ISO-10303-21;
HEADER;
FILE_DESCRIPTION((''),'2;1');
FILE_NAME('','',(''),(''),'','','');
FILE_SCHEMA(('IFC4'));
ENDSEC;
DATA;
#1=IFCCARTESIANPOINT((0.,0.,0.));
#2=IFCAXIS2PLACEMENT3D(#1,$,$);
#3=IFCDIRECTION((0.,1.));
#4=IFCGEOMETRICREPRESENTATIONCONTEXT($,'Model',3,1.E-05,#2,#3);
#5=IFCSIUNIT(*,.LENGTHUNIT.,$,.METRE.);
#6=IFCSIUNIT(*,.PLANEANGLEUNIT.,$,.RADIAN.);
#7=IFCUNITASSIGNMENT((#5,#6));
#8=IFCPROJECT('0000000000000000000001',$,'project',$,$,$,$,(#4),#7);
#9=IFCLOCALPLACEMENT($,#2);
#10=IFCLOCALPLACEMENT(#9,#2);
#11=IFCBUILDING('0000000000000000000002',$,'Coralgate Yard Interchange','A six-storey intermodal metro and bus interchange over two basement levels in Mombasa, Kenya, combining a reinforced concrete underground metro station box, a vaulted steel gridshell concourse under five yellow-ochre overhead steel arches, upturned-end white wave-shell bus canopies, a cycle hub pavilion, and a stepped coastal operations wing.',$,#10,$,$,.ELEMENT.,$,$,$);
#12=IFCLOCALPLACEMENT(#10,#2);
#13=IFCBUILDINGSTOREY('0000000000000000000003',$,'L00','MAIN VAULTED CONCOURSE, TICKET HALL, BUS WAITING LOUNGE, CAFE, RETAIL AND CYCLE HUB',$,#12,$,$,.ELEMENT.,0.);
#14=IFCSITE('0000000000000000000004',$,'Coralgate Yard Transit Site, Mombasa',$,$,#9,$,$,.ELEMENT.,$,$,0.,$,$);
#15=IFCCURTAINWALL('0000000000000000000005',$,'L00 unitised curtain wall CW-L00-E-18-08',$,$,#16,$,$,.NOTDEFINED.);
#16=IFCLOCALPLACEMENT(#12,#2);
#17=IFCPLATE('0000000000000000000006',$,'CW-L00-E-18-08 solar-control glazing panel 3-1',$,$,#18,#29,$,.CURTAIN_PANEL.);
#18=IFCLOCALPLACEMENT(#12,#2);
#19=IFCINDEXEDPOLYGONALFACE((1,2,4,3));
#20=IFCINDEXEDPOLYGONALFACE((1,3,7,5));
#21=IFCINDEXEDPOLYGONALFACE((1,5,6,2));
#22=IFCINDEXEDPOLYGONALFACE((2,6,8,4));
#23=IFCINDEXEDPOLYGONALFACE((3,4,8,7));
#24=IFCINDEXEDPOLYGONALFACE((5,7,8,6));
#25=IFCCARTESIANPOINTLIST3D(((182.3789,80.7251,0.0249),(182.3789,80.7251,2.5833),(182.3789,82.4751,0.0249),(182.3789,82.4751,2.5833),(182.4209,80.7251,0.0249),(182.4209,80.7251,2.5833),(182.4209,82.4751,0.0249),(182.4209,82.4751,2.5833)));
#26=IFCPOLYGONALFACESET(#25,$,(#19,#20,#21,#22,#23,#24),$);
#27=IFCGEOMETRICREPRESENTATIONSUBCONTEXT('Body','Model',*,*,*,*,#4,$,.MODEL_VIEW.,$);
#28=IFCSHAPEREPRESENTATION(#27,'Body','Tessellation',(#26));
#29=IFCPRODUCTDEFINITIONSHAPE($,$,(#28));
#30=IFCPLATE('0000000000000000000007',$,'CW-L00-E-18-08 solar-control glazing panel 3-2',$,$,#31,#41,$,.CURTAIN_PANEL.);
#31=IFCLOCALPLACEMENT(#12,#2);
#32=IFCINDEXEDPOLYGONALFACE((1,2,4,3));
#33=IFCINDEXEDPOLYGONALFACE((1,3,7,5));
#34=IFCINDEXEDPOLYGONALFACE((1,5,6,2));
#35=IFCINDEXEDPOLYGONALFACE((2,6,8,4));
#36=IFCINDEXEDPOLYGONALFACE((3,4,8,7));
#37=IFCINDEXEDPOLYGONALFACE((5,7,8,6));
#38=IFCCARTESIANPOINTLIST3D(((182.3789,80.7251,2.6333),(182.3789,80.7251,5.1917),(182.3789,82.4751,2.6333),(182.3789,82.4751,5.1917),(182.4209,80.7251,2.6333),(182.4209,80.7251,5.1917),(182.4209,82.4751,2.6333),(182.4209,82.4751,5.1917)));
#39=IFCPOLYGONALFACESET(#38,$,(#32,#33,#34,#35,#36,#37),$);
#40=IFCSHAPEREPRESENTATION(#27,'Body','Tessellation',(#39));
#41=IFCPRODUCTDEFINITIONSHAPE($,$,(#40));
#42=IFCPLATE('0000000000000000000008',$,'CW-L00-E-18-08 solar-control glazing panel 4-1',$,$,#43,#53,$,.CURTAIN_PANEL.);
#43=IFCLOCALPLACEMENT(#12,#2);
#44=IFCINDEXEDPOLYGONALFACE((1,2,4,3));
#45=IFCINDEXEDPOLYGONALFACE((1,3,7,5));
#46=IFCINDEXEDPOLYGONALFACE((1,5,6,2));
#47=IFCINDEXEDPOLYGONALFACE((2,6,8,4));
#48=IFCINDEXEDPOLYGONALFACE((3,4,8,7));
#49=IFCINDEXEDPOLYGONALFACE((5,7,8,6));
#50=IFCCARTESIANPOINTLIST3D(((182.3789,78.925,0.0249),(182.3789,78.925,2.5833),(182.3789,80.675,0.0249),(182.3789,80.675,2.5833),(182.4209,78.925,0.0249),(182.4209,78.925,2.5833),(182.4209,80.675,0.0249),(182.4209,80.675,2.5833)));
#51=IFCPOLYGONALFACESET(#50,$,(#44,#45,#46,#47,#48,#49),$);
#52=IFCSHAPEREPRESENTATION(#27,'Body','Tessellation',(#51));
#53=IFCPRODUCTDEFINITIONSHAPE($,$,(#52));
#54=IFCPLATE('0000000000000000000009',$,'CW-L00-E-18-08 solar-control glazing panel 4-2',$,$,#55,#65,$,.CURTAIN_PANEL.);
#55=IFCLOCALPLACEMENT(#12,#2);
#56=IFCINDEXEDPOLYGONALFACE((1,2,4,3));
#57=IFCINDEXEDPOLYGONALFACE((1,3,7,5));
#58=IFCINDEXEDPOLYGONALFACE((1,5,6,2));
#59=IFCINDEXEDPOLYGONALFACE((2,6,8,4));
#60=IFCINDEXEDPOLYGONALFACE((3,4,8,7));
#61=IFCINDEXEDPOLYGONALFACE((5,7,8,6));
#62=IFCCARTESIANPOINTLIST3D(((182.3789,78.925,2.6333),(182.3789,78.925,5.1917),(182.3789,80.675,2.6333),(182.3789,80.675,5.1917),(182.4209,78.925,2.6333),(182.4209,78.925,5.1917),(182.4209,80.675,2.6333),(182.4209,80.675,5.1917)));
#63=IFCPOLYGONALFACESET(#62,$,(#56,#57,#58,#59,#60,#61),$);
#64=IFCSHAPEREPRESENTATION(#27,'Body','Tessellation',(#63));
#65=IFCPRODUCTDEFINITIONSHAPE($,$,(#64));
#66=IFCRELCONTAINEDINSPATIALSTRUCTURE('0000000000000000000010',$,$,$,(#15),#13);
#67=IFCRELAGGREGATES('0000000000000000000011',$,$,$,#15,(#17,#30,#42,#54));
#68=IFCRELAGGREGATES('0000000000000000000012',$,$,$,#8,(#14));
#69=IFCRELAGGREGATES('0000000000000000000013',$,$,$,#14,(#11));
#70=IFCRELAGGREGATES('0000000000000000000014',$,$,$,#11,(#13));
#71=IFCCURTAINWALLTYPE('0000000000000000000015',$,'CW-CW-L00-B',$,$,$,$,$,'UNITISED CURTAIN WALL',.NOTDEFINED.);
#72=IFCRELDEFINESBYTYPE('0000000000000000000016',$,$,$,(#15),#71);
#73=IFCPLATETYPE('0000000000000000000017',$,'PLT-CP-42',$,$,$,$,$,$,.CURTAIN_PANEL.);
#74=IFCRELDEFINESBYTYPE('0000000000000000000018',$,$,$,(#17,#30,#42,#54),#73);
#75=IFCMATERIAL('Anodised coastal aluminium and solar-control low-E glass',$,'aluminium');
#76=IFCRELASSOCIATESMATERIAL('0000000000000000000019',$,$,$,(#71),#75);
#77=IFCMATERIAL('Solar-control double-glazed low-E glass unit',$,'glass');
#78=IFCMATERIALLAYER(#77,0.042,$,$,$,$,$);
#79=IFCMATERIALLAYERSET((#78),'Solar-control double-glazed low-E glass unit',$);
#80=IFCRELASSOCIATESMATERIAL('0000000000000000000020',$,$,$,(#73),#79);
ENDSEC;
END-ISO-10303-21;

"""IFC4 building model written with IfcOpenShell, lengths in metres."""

from ifc_helpers import new_model, si_unit, direction, frame, origin, origin_2d, place, context, subcontext, project, spatial, rectangle, extrude, material, layer, layer_set, type_object, element, aggregate, save


model = new_model("IFC4")

# Units and contexts
model_context = context("Model", 3, precision=1e-05, world=origin(), true_north=direction((0.0, 1.0)))
body_context = subcontext(model_context, "Body", "Model", "MODEL_VIEW")
ifc_project = project(units=[si_unit("LENGTHUNIT", "METRE"), si_unit("PLANEANGLEUNIT", "RADIAN")], contexts=[model_context])

# Site, building, storey
site_placement = place(None, origin())
site = spatial("IfcSite", under=ifc_project, at=site_placement, Name="Coralgate Yard Transit Site, Mombasa", CompositionType="ELEMENT", RefElevation=0.0)
building_placement = place(site_placement, origin())
building = spatial("IfcBuilding", under=site, at=building_placement, Name="Coralgate Yard Interchange", Description="A six-storey intermodal metro and bus interchange over two basement levels in Mombasa, Kenya, combining a reinforced concrete underground metro station box, a vaulted steel gridshell concourse under five yellow-ochre overhead steel arches, upturned-end white wave-shell bus canopies, a cycle hub pavilion, and a stepped coastal operations wing.", CompositionType="ELEMENT")
storey_placement = place(building_placement, origin())
storey = spatial("IfcBuildingStorey", under=building, at=storey_placement, Name="L00", Description="MAIN VAULTED CONCOURSE, TICKET HALL, BUS WAITING LOUNGE, CAFE, RETAIL AND CYCLE HUB", CompositionType="ELEMENT", Elevation=0.0)

# Curtain wall, plates
ifc_material_1 = material(Name="Anodised coastal aluminium and solar-control low-E glass", Category="aluminium")
curtain_wall_type = type_object("IfcCurtainWallType", Name="CW-CW-L00-B", ElementType="UNITISED CURTAIN WALL", PredefinedType="NOTDEFINED", material=ifc_material_1)
curtain_wall_placement = place(storey_placement, origin())
curtain_wall = element("IfcCurtainWall", 1, at=curtain_wall_placement, inside=storey, type_object=curtain_wall_type, Name="L00 unitised curtain wall CW-L00-E-18-08", PredefinedType="NOTDEFINED")
ifc_material_2 = material(Name="Solar-control double-glazed low-E glass unit", Category="glass")
ifc_layer = layer(ifc_material_2, 0.042)
ifc_layer_set = layer_set([ifc_layer], Name="Solar-control double-glazed low-E glass unit")
plate_type = type_object("IfcPlateType", Name="PLT-CP-42", PredefinedType="CURTAIN_PANEL", material=ifc_layer_set)
plate_1_placement = place(storey_placement, frame((182.3999, 81.6001, 0.0249), z_axis=(0.0, 0.0, 1.0), x_axis=(0.0, -1.0, 0.0)))
plate_1 = element("IfcPlate", 2, at=plate_1_placement, type_object=plate_type, Name="CW-L00-E-18-08 solar-control glazing panel 3-1", PredefinedType="CURTAIN_PANEL", context=body_context, shape_type="SweptSolid", body=[
    extrude(rectangle(XDim=1.75, YDim=0.042, at=origin_2d()), origin(), (0.0, 0.0, 1.0), 2.5583),
])
plate_2_placement = place(storey_placement, frame((182.3999, 81.6001, 2.6333), z_axis=(0.0, 0.0, 1.0), x_axis=(0.0, -1.0, 0.0)))
plate_2 = element("IfcPlate", 3, at=plate_2_placement, type_object=plate_type, Name="CW-L00-E-18-08 solar-control glazing panel 3-2", PredefinedType="CURTAIN_PANEL", context=body_context, shape_type="SweptSolid", body=[
    extrude(rectangle(XDim=1.75, YDim=0.042, at=origin_2d()), origin(), (0.0, 0.0, 1.0), 2.5583),
])
plate_3_placement = place(storey_placement, frame((182.3999, 79.8, 0.0249), z_axis=(0.0, 0.0, 1.0), x_axis=(0.0, -1.0, 0.0)))
plate_3 = element("IfcPlate", 4, at=plate_3_placement, type_object=plate_type, Name="CW-L00-E-18-08 solar-control glazing panel 4-1", PredefinedType="CURTAIN_PANEL", context=body_context, shape_type="SweptSolid", body=[
    extrude(rectangle(XDim=1.75, YDim=0.042, at=origin_2d()), origin(), (0.0, 0.0, 1.0), 2.5583),
])
plate_4_placement = place(storey_placement, frame((182.3999, 79.8, 2.6333), z_axis=(0.0, 0.0, 1.0), x_axis=(0.0, -1.0, 0.0)))
plate_4 = element("IfcPlate", 5, at=plate_4_placement, type_object=plate_type, Name="CW-L00-E-18-08 solar-control glazing panel 4-2", PredefinedType="CURTAIN_PANEL", context=body_context, shape_type="SweptSolid", body=[
    extrude(rectangle(XDim=1.75, YDim=0.042, at=origin_2d()), origin(), (0.0, 0.0, 1.0), 2.5583),
])
aggregate(curtain_wall, [plate_1, plate_2, plate_3, plate_4])

save(model, "model.ifc")
